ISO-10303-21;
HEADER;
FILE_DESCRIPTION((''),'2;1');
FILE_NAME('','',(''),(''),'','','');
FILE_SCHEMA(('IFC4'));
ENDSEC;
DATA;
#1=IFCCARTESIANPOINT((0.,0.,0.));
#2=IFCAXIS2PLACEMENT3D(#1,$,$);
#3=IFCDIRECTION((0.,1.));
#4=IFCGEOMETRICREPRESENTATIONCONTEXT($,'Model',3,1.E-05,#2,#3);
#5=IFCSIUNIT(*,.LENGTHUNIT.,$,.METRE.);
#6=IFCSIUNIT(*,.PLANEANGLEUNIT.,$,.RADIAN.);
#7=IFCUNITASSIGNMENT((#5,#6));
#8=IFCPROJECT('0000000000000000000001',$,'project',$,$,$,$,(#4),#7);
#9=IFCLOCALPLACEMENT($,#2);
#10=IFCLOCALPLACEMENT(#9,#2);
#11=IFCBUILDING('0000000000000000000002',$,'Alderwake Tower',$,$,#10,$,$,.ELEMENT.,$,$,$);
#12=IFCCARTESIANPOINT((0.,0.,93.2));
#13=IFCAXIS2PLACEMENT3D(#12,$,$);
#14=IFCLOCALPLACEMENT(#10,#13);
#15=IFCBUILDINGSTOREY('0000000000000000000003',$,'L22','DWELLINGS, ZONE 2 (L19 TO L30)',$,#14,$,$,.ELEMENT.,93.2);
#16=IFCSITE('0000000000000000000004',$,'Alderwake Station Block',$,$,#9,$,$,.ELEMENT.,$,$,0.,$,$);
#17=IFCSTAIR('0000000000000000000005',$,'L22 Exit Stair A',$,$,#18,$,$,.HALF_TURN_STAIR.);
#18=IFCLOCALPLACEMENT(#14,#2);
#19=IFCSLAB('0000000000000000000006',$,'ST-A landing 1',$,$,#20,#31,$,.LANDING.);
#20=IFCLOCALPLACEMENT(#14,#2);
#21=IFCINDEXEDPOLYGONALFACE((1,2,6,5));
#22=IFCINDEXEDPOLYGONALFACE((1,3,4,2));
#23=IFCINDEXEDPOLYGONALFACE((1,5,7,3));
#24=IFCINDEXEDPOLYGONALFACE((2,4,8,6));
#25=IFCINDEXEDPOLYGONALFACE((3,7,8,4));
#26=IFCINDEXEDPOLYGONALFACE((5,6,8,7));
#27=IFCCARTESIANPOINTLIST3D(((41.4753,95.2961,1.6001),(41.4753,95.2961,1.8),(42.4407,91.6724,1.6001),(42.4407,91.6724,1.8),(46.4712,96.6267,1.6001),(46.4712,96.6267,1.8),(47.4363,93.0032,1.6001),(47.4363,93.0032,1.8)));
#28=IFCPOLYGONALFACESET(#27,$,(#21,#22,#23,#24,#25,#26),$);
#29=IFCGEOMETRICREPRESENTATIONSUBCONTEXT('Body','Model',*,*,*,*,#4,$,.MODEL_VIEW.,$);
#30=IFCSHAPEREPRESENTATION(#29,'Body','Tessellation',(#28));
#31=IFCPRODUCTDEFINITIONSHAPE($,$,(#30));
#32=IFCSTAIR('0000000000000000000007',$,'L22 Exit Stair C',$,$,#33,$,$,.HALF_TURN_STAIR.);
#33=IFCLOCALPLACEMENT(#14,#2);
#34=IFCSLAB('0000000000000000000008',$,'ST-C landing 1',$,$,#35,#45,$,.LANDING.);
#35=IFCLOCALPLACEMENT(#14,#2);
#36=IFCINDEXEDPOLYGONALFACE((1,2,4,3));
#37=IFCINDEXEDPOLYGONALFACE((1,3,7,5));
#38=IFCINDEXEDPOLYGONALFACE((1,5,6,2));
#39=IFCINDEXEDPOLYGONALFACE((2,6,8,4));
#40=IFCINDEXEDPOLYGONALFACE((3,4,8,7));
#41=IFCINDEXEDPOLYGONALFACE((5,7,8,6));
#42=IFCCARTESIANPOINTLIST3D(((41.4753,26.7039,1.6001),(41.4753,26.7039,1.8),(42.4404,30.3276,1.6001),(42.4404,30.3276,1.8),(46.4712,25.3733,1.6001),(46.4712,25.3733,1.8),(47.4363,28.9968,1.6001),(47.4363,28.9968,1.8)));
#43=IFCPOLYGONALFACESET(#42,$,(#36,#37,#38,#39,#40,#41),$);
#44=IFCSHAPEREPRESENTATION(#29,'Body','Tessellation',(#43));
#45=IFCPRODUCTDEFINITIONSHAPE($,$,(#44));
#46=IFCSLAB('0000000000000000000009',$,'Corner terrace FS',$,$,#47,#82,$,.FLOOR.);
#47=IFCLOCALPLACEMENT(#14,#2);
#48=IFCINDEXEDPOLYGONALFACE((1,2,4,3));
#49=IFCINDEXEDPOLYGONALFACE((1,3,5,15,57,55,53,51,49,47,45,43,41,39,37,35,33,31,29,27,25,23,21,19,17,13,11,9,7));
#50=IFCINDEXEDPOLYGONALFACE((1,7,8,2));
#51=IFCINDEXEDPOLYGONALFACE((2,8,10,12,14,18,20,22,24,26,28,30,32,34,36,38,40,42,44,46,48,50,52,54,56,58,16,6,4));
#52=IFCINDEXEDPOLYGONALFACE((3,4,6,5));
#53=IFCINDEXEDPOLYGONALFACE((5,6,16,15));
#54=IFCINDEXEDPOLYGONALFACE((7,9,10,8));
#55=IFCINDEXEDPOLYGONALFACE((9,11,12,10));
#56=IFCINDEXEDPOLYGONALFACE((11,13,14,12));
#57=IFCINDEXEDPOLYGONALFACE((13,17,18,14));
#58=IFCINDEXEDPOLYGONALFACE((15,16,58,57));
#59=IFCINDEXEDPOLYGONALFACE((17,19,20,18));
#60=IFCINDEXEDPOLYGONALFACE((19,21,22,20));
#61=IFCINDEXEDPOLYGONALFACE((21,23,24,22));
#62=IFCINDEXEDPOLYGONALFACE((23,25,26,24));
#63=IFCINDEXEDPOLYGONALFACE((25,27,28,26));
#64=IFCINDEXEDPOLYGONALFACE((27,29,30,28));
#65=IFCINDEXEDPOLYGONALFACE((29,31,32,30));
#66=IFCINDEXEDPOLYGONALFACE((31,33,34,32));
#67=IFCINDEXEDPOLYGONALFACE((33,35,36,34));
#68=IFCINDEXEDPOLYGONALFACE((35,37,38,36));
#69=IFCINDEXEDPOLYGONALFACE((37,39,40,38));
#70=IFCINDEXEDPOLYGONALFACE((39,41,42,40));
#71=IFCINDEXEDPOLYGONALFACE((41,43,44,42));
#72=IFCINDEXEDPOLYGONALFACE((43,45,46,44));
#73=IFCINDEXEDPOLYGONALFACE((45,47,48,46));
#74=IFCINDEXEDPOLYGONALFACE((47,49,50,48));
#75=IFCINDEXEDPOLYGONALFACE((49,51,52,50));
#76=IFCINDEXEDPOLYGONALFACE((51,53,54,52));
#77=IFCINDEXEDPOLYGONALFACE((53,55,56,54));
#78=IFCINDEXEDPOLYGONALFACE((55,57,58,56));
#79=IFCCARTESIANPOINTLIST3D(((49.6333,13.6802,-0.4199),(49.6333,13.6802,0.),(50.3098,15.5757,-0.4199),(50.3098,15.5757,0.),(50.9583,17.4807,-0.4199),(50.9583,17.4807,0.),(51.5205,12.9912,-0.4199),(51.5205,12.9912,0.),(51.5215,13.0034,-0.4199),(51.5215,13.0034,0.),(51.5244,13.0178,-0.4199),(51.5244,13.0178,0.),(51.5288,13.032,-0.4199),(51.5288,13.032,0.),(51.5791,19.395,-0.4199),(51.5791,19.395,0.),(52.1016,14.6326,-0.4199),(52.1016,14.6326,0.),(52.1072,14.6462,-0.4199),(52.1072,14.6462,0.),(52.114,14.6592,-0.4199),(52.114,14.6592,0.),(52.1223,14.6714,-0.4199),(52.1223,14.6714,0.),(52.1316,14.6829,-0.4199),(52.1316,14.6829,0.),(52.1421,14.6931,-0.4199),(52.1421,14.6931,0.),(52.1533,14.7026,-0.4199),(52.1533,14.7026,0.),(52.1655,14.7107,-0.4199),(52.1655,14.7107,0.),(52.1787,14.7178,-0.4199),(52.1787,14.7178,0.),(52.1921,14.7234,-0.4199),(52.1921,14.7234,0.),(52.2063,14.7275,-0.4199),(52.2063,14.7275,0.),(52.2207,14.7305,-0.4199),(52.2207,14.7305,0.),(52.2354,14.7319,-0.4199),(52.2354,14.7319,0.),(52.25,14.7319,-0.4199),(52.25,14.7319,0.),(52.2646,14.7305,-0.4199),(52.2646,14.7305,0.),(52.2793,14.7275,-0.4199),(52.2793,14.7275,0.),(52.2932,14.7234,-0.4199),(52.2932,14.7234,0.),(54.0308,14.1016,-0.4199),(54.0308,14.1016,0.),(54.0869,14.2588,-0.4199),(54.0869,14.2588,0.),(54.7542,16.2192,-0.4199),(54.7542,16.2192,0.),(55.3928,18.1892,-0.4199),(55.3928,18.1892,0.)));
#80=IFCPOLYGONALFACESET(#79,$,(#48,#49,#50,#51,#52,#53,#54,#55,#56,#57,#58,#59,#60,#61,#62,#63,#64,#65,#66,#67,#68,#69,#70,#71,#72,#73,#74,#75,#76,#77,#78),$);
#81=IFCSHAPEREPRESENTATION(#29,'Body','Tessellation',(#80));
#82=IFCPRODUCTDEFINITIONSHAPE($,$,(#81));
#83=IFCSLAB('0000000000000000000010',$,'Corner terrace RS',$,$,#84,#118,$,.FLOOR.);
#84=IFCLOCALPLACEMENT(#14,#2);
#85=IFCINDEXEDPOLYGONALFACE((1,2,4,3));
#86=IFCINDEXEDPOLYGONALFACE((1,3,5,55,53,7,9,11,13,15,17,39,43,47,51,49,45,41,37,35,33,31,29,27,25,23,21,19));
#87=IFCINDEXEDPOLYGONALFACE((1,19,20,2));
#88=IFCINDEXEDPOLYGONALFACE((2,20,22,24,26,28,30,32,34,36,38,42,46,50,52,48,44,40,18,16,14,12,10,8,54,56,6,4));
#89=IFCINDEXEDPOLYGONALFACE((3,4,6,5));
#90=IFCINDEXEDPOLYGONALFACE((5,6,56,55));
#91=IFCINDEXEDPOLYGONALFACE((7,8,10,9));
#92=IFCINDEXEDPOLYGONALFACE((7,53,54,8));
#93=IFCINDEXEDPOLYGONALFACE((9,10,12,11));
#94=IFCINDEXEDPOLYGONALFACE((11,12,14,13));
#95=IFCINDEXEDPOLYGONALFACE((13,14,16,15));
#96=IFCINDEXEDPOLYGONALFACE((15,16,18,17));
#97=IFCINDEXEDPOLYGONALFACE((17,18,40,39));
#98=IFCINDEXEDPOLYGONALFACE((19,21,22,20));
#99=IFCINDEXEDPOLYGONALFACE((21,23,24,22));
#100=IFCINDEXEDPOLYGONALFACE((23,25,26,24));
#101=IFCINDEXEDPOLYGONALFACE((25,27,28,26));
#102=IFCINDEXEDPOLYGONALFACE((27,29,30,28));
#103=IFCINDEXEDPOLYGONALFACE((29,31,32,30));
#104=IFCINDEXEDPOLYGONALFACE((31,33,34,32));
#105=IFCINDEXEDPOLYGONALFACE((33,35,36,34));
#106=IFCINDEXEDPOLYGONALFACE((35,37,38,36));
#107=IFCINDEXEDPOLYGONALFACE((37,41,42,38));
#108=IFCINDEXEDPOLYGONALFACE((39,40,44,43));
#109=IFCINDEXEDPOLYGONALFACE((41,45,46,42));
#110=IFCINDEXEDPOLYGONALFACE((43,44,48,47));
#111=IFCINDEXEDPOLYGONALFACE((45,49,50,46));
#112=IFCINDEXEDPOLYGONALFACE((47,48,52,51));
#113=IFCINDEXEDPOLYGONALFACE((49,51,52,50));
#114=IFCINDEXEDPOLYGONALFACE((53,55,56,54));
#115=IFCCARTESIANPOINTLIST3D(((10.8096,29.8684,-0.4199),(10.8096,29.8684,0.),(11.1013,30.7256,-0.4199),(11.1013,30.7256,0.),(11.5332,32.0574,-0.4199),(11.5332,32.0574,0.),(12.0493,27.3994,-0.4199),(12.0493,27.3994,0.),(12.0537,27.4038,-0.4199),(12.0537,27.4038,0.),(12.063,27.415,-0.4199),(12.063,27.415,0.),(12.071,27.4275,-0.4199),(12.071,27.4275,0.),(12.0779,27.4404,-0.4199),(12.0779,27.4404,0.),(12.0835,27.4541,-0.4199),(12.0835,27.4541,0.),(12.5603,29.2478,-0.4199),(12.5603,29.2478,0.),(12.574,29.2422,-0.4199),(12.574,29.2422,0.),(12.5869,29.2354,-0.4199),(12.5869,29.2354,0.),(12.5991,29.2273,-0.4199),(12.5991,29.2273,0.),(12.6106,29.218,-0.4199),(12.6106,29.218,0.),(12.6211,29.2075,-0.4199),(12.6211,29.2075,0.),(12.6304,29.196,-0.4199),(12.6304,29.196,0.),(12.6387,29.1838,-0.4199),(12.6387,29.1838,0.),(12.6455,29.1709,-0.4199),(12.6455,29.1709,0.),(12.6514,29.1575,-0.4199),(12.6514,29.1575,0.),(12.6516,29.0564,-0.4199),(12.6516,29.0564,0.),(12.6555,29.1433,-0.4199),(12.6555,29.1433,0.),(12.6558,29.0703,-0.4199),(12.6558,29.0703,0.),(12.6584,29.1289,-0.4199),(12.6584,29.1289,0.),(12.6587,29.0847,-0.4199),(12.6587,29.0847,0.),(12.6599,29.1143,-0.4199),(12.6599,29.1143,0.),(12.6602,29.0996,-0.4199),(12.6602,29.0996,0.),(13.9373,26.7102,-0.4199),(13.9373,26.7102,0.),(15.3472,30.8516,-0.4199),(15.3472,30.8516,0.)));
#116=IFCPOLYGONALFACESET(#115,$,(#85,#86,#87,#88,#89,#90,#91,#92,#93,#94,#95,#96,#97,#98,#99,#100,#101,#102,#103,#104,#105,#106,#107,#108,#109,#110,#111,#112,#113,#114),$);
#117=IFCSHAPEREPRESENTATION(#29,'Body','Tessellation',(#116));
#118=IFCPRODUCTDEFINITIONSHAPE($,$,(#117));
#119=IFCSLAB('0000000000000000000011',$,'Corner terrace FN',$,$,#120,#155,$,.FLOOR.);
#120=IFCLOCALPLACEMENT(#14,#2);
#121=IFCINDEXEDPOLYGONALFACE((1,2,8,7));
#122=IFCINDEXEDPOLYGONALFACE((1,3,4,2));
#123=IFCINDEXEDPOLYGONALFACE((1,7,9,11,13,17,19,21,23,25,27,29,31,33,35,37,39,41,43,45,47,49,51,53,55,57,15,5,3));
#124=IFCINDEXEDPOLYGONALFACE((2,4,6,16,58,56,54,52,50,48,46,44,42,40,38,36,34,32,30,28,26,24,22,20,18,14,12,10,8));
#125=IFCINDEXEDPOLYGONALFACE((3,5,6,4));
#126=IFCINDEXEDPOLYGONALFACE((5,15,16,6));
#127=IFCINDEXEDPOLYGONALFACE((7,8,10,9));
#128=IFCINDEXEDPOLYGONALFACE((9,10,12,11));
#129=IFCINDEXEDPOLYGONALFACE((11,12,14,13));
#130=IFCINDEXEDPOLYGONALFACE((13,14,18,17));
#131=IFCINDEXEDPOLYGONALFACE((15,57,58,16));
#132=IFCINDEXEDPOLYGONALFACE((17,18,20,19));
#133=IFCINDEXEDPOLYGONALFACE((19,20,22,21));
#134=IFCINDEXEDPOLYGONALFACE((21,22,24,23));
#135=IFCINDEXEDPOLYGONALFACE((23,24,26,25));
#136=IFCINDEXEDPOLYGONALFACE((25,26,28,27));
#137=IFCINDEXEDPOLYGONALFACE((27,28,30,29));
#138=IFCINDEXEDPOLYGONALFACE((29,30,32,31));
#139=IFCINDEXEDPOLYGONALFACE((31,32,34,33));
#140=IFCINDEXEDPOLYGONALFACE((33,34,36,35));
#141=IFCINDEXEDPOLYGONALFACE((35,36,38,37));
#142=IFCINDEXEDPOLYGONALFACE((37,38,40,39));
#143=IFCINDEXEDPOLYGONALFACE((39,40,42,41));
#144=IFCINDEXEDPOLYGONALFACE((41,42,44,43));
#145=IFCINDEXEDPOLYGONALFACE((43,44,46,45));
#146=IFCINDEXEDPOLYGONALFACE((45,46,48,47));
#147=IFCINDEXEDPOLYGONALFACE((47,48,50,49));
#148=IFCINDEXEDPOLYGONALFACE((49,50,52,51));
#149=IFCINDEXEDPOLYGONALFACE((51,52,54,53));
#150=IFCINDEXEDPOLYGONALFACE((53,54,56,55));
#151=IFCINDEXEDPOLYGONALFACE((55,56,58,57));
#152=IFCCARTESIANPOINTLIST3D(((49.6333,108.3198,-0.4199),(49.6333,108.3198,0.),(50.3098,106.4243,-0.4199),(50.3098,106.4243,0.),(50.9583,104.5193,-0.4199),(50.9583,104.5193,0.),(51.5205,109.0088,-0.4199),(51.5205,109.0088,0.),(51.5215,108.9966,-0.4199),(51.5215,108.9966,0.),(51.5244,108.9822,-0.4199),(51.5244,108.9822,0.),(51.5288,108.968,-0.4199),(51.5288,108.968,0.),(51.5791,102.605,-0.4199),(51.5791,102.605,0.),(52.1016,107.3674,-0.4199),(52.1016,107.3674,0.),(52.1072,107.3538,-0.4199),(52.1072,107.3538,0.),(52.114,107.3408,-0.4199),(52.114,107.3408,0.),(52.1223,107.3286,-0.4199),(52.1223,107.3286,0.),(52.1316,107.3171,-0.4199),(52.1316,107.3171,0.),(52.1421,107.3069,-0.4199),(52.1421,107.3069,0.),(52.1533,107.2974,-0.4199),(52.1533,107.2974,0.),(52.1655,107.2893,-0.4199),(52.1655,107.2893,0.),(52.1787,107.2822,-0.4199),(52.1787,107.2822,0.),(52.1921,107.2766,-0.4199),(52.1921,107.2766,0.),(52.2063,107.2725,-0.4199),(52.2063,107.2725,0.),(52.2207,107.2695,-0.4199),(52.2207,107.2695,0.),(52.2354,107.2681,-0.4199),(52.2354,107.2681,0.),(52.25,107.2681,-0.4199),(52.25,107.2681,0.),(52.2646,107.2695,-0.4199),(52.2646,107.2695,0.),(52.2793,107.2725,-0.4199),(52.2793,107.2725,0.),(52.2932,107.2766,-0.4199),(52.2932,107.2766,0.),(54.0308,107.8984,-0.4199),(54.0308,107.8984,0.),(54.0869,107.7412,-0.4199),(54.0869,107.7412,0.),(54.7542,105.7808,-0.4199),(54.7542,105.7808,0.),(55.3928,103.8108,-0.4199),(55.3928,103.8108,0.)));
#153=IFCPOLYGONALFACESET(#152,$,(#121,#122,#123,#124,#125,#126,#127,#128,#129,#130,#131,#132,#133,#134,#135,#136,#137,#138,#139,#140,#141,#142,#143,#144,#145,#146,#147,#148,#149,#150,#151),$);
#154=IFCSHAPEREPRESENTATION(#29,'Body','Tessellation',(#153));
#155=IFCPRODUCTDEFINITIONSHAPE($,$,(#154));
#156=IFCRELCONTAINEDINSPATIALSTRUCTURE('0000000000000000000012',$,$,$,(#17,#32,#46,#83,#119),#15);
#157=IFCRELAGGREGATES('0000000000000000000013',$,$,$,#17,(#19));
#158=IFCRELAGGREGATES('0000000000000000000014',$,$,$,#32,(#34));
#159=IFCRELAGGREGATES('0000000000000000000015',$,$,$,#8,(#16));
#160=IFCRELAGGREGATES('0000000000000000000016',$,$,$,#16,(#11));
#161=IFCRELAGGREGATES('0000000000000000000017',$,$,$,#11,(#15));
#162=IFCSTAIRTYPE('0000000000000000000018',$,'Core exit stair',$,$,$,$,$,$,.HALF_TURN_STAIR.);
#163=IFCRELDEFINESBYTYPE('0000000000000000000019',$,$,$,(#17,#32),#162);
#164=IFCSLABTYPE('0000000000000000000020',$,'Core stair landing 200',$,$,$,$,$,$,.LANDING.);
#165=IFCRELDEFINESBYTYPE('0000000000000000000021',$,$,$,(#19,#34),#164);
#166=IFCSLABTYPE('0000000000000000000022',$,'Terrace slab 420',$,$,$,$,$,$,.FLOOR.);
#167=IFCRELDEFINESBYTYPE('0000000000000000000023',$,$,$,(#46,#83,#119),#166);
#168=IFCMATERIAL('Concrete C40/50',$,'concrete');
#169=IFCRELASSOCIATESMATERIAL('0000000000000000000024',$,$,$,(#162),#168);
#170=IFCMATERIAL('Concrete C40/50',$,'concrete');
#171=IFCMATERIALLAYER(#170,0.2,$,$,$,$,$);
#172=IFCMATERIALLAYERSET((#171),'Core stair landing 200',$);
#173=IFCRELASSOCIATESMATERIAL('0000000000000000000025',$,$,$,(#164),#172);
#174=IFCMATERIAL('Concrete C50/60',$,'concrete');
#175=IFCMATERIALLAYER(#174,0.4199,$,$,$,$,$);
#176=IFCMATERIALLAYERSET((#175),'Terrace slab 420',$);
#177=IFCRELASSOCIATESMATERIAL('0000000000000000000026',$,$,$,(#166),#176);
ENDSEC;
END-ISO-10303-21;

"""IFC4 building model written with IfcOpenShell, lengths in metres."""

from ifc_helpers import new_model, si_unit, direction, frame, origin, place, context, subcontext, project, spatial, polyline, outline, extrude, material, layer, layer_set, type_object, element, aggregate, save


model = new_model("IFC4")

# Units and contexts
model_context = context("Model", 3, precision=1e-05, world=origin(), true_north=direction((0.0, 1.0)))
body_context = subcontext(model_context, "Body", "Model", "MODEL_VIEW")
ifc_project = project(units=[si_unit("LENGTHUNIT", "METRE"), si_unit("PLANEANGLEUNIT", "RADIAN")], contexts=[model_context])

# Site, building, storey
site_placement = place(None, origin())
site = spatial("IfcSite", under=ifc_project, at=site_placement, Name="Alderwake Station Block", CompositionType="ELEMENT", RefElevation=0.0)
building_placement = place(site_placement, origin())
building = spatial("IfcBuilding", under=site, at=building_placement, Name="Alderwake Tower", CompositionType="ELEMENT")
storey_placement = place(building_placement, frame((0.0, 0.0, 93.2)))
storey = spatial("IfcBuildingStorey", under=building, at=storey_placement, Name="L22", Description="DWELLINGS, ZONE 2 (L19 TO L30)", CompositionType="ELEMENT", Elevation=93.2)

# Stairs, slabs
ifc_material_1 = material(Name="Concrete C40/50", Category="concrete")
stair_type = type_object("IfcStairType", Name="Core exit stair", PredefinedType="HALF_TURN_STAIR", material=ifc_material_1)
ifc_material_2 = material(Name="Concrete C40/50", Category="concrete")
ifc_layer_1 = layer(ifc_material_2, 0.2)
ifc_layer_set_1 = layer_set([ifc_layer_1], Name="Core stair landing 200")
slab_type_1 = type_object("IfcSlabType", Name="Core stair landing 200", PredefinedType="LANDING", material=ifc_layer_set_1)
stair_1_placement = place(storey_placement, origin())
stair_1 = element("IfcStair", 1, at=stair_1_placement, inside=storey, type_object=stair_type, Name="L22 Exit Stair A", PredefinedType="HALF_TURN_STAIR")
slab_1_placement = place(storey_placement, frame((0.0, 0.0, 1.6001)))
slab_1 = element("IfcSlab", 2, at=slab_1_placement, type_object=slab_type_1, Name="ST-A landing 1", PredefinedType="LANDING", context=body_context, shape_type="SweptSolid", body=[
    extrude(outline(polyline([(42.4407, 91.6724), (47.4363, 93.0032), (46.4712, 96.6267), (41.4753, 95.2961), (42.4407, 91.6724)])), origin(), (0.0, 0.0, 1.0), 0.2),
])
aggregate(stair_1, [slab_1])
stair_2_placement = place(storey_placement, origin())
stair_2 = element("IfcStair", 3, at=stair_2_placement, inside=storey, type_object=stair_type, Name="L22 Exit Stair C", PredefinedType="HALF_TURN_STAIR")
slab_2_placement = place(storey_placement, frame((0.0, 0.0, 1.6001)))
slab_2 = element("IfcSlab", 4, at=slab_2_placement, type_object=slab_type_1, Name="ST-C landing 1", PredefinedType="LANDING", context=body_context, shape_type="SweptSolid", body=[
    extrude(outline(polyline([(41.4753, 26.7039), (46.4712, 25.3733), (47.4363, 28.9968), (42.4404, 30.3276), (41.4753, 26.7039)])), origin(), (0.0, 0.0, 1.0), 0.2),
])
aggregate(stair_2, [slab_2])

# Slabs
ifc_material_3 = material(Name="Concrete C50/60", Category="concrete")
ifc_layer_2 = layer(ifc_material_3, 0.4199)
ifc_layer_set_2 = layer_set([ifc_layer_2], Name="Terrace slab 420")
slab_type_2 = type_object("IfcSlabType", Name="Terrace slab 420", PredefinedType="FLOOR", material=ifc_layer_set_2)
slab_3_placement = place(storey_placement, frame((0.0, 0.0, -0.4199)))
element("IfcSlab", 5, at=slab_3_placement, inside=storey, type_object=slab_type_2, Name="Corner terrace FS", PredefinedType="FLOOR", context=body_context, shape_type="SweptSolid", body=[
    extrude(outline(polyline([(54.0869, 14.2588), (54.0308, 14.1016), (52.2932, 14.7234), (52.2793, 14.7275), (52.2646, 14.7305), (52.25, 14.7319), (52.2354, 14.7319), (52.2207, 14.7305), (52.2063, 14.7275), (52.1921, 14.7234), (52.1787, 14.7178), (52.1655, 14.7107), (52.1533, 14.7026), (52.1421, 14.6931), (52.1316, 14.6829), (52.1223, 14.6714), (52.114, 14.6592), (52.1072, 14.6462), (52.1016, 14.6326), (51.5288, 13.032), (51.5244, 13.0178), (51.5215, 13.0034), (51.5205, 12.9912), (49.6333, 13.6802), (50.3098, 15.5757), (50.9583, 17.4807), (51.5791, 19.395), (55.3928, 18.1892), (54.7542, 16.2192), (54.0869, 14.2588)])), origin(), (0.0, 0.0, 1.0), 0.4199),
])
slab_4_placement = place(storey_placement, frame((0.0, 0.0, -0.4199)))
element("IfcSlab", 6, at=slab_4_placement, inside=storey, type_object=slab_type_2, Name="Corner terrace RS", PredefinedType="FLOOR", context=body_context, shape_type="SweptSolid", body=[
    extrude(outline(polyline([(13.9373, 26.7102), (12.0493, 27.3994), (12.0537, 27.4038), (12.063, 27.415), (12.071, 27.4275), (12.0779, 27.4404), (12.0835, 27.4541), (12.6516, 29.0564), (12.6558, 29.0703), (12.6587, 29.0847), (12.6602, 29.0996), (12.6599, 29.1143), (12.6584, 29.1289), (12.6555, 29.1433), (12.6514, 29.1575), (12.6455, 29.1709), (12.6387, 29.1838), (12.6304, 29.196), (12.6211, 29.2075), (12.6106, 29.218), (12.5991, 29.2273), (12.5869, 29.2354), (12.574, 29.2422), (12.5603, 29.2478), (10.8096, 29.8684), (11.1013, 30.7256), (11.5332, 32.0574), (15.3472, 30.8516), (13.9373, 26.7102)])), origin(), (0.0, 0.0, 1.0), 0.4199),
])
slab_5_placement = place(storey_placement, frame((0.0, 0.0, -0.4199)))
element("IfcSlab", 7, at=slab_5_placement, inside=storey, type_object=slab_type_2, Name="Corner terrace FN", PredefinedType="FLOOR", context=body_context, shape_type="SweptSolid", body=[
    extrude(outline(polyline([(54.0869, 107.7412), (54.7542, 105.7808), (55.3928, 103.8108), (51.5791, 102.605), (50.9583, 104.5193), (50.3098, 106.4243), (49.6333, 108.3198), (51.5205, 109.0088), (51.5215, 108.9966), (51.5244, 108.9822), (51.5288, 108.968), (52.1016, 107.3674), (52.1072, 107.3538), (52.114, 107.3408), (52.1223, 107.3286), (52.1316, 107.3171), (52.1421, 107.3069), (52.1533, 107.2974), (52.1655, 107.2893), (52.1787, 107.2822), (52.1921, 107.2766), (52.2063, 107.2725), (52.2207, 107.2695), (52.2354, 107.2681), (52.25, 107.2681), (52.2646, 107.2695), (52.2793, 107.2725), (52.2932, 107.2766), (54.0308, 107.8984), (54.0869, 107.7412)])), origin(), (0.0, 0.0, 1.0), 0.4199),
])

save(model, "model.ifc")
